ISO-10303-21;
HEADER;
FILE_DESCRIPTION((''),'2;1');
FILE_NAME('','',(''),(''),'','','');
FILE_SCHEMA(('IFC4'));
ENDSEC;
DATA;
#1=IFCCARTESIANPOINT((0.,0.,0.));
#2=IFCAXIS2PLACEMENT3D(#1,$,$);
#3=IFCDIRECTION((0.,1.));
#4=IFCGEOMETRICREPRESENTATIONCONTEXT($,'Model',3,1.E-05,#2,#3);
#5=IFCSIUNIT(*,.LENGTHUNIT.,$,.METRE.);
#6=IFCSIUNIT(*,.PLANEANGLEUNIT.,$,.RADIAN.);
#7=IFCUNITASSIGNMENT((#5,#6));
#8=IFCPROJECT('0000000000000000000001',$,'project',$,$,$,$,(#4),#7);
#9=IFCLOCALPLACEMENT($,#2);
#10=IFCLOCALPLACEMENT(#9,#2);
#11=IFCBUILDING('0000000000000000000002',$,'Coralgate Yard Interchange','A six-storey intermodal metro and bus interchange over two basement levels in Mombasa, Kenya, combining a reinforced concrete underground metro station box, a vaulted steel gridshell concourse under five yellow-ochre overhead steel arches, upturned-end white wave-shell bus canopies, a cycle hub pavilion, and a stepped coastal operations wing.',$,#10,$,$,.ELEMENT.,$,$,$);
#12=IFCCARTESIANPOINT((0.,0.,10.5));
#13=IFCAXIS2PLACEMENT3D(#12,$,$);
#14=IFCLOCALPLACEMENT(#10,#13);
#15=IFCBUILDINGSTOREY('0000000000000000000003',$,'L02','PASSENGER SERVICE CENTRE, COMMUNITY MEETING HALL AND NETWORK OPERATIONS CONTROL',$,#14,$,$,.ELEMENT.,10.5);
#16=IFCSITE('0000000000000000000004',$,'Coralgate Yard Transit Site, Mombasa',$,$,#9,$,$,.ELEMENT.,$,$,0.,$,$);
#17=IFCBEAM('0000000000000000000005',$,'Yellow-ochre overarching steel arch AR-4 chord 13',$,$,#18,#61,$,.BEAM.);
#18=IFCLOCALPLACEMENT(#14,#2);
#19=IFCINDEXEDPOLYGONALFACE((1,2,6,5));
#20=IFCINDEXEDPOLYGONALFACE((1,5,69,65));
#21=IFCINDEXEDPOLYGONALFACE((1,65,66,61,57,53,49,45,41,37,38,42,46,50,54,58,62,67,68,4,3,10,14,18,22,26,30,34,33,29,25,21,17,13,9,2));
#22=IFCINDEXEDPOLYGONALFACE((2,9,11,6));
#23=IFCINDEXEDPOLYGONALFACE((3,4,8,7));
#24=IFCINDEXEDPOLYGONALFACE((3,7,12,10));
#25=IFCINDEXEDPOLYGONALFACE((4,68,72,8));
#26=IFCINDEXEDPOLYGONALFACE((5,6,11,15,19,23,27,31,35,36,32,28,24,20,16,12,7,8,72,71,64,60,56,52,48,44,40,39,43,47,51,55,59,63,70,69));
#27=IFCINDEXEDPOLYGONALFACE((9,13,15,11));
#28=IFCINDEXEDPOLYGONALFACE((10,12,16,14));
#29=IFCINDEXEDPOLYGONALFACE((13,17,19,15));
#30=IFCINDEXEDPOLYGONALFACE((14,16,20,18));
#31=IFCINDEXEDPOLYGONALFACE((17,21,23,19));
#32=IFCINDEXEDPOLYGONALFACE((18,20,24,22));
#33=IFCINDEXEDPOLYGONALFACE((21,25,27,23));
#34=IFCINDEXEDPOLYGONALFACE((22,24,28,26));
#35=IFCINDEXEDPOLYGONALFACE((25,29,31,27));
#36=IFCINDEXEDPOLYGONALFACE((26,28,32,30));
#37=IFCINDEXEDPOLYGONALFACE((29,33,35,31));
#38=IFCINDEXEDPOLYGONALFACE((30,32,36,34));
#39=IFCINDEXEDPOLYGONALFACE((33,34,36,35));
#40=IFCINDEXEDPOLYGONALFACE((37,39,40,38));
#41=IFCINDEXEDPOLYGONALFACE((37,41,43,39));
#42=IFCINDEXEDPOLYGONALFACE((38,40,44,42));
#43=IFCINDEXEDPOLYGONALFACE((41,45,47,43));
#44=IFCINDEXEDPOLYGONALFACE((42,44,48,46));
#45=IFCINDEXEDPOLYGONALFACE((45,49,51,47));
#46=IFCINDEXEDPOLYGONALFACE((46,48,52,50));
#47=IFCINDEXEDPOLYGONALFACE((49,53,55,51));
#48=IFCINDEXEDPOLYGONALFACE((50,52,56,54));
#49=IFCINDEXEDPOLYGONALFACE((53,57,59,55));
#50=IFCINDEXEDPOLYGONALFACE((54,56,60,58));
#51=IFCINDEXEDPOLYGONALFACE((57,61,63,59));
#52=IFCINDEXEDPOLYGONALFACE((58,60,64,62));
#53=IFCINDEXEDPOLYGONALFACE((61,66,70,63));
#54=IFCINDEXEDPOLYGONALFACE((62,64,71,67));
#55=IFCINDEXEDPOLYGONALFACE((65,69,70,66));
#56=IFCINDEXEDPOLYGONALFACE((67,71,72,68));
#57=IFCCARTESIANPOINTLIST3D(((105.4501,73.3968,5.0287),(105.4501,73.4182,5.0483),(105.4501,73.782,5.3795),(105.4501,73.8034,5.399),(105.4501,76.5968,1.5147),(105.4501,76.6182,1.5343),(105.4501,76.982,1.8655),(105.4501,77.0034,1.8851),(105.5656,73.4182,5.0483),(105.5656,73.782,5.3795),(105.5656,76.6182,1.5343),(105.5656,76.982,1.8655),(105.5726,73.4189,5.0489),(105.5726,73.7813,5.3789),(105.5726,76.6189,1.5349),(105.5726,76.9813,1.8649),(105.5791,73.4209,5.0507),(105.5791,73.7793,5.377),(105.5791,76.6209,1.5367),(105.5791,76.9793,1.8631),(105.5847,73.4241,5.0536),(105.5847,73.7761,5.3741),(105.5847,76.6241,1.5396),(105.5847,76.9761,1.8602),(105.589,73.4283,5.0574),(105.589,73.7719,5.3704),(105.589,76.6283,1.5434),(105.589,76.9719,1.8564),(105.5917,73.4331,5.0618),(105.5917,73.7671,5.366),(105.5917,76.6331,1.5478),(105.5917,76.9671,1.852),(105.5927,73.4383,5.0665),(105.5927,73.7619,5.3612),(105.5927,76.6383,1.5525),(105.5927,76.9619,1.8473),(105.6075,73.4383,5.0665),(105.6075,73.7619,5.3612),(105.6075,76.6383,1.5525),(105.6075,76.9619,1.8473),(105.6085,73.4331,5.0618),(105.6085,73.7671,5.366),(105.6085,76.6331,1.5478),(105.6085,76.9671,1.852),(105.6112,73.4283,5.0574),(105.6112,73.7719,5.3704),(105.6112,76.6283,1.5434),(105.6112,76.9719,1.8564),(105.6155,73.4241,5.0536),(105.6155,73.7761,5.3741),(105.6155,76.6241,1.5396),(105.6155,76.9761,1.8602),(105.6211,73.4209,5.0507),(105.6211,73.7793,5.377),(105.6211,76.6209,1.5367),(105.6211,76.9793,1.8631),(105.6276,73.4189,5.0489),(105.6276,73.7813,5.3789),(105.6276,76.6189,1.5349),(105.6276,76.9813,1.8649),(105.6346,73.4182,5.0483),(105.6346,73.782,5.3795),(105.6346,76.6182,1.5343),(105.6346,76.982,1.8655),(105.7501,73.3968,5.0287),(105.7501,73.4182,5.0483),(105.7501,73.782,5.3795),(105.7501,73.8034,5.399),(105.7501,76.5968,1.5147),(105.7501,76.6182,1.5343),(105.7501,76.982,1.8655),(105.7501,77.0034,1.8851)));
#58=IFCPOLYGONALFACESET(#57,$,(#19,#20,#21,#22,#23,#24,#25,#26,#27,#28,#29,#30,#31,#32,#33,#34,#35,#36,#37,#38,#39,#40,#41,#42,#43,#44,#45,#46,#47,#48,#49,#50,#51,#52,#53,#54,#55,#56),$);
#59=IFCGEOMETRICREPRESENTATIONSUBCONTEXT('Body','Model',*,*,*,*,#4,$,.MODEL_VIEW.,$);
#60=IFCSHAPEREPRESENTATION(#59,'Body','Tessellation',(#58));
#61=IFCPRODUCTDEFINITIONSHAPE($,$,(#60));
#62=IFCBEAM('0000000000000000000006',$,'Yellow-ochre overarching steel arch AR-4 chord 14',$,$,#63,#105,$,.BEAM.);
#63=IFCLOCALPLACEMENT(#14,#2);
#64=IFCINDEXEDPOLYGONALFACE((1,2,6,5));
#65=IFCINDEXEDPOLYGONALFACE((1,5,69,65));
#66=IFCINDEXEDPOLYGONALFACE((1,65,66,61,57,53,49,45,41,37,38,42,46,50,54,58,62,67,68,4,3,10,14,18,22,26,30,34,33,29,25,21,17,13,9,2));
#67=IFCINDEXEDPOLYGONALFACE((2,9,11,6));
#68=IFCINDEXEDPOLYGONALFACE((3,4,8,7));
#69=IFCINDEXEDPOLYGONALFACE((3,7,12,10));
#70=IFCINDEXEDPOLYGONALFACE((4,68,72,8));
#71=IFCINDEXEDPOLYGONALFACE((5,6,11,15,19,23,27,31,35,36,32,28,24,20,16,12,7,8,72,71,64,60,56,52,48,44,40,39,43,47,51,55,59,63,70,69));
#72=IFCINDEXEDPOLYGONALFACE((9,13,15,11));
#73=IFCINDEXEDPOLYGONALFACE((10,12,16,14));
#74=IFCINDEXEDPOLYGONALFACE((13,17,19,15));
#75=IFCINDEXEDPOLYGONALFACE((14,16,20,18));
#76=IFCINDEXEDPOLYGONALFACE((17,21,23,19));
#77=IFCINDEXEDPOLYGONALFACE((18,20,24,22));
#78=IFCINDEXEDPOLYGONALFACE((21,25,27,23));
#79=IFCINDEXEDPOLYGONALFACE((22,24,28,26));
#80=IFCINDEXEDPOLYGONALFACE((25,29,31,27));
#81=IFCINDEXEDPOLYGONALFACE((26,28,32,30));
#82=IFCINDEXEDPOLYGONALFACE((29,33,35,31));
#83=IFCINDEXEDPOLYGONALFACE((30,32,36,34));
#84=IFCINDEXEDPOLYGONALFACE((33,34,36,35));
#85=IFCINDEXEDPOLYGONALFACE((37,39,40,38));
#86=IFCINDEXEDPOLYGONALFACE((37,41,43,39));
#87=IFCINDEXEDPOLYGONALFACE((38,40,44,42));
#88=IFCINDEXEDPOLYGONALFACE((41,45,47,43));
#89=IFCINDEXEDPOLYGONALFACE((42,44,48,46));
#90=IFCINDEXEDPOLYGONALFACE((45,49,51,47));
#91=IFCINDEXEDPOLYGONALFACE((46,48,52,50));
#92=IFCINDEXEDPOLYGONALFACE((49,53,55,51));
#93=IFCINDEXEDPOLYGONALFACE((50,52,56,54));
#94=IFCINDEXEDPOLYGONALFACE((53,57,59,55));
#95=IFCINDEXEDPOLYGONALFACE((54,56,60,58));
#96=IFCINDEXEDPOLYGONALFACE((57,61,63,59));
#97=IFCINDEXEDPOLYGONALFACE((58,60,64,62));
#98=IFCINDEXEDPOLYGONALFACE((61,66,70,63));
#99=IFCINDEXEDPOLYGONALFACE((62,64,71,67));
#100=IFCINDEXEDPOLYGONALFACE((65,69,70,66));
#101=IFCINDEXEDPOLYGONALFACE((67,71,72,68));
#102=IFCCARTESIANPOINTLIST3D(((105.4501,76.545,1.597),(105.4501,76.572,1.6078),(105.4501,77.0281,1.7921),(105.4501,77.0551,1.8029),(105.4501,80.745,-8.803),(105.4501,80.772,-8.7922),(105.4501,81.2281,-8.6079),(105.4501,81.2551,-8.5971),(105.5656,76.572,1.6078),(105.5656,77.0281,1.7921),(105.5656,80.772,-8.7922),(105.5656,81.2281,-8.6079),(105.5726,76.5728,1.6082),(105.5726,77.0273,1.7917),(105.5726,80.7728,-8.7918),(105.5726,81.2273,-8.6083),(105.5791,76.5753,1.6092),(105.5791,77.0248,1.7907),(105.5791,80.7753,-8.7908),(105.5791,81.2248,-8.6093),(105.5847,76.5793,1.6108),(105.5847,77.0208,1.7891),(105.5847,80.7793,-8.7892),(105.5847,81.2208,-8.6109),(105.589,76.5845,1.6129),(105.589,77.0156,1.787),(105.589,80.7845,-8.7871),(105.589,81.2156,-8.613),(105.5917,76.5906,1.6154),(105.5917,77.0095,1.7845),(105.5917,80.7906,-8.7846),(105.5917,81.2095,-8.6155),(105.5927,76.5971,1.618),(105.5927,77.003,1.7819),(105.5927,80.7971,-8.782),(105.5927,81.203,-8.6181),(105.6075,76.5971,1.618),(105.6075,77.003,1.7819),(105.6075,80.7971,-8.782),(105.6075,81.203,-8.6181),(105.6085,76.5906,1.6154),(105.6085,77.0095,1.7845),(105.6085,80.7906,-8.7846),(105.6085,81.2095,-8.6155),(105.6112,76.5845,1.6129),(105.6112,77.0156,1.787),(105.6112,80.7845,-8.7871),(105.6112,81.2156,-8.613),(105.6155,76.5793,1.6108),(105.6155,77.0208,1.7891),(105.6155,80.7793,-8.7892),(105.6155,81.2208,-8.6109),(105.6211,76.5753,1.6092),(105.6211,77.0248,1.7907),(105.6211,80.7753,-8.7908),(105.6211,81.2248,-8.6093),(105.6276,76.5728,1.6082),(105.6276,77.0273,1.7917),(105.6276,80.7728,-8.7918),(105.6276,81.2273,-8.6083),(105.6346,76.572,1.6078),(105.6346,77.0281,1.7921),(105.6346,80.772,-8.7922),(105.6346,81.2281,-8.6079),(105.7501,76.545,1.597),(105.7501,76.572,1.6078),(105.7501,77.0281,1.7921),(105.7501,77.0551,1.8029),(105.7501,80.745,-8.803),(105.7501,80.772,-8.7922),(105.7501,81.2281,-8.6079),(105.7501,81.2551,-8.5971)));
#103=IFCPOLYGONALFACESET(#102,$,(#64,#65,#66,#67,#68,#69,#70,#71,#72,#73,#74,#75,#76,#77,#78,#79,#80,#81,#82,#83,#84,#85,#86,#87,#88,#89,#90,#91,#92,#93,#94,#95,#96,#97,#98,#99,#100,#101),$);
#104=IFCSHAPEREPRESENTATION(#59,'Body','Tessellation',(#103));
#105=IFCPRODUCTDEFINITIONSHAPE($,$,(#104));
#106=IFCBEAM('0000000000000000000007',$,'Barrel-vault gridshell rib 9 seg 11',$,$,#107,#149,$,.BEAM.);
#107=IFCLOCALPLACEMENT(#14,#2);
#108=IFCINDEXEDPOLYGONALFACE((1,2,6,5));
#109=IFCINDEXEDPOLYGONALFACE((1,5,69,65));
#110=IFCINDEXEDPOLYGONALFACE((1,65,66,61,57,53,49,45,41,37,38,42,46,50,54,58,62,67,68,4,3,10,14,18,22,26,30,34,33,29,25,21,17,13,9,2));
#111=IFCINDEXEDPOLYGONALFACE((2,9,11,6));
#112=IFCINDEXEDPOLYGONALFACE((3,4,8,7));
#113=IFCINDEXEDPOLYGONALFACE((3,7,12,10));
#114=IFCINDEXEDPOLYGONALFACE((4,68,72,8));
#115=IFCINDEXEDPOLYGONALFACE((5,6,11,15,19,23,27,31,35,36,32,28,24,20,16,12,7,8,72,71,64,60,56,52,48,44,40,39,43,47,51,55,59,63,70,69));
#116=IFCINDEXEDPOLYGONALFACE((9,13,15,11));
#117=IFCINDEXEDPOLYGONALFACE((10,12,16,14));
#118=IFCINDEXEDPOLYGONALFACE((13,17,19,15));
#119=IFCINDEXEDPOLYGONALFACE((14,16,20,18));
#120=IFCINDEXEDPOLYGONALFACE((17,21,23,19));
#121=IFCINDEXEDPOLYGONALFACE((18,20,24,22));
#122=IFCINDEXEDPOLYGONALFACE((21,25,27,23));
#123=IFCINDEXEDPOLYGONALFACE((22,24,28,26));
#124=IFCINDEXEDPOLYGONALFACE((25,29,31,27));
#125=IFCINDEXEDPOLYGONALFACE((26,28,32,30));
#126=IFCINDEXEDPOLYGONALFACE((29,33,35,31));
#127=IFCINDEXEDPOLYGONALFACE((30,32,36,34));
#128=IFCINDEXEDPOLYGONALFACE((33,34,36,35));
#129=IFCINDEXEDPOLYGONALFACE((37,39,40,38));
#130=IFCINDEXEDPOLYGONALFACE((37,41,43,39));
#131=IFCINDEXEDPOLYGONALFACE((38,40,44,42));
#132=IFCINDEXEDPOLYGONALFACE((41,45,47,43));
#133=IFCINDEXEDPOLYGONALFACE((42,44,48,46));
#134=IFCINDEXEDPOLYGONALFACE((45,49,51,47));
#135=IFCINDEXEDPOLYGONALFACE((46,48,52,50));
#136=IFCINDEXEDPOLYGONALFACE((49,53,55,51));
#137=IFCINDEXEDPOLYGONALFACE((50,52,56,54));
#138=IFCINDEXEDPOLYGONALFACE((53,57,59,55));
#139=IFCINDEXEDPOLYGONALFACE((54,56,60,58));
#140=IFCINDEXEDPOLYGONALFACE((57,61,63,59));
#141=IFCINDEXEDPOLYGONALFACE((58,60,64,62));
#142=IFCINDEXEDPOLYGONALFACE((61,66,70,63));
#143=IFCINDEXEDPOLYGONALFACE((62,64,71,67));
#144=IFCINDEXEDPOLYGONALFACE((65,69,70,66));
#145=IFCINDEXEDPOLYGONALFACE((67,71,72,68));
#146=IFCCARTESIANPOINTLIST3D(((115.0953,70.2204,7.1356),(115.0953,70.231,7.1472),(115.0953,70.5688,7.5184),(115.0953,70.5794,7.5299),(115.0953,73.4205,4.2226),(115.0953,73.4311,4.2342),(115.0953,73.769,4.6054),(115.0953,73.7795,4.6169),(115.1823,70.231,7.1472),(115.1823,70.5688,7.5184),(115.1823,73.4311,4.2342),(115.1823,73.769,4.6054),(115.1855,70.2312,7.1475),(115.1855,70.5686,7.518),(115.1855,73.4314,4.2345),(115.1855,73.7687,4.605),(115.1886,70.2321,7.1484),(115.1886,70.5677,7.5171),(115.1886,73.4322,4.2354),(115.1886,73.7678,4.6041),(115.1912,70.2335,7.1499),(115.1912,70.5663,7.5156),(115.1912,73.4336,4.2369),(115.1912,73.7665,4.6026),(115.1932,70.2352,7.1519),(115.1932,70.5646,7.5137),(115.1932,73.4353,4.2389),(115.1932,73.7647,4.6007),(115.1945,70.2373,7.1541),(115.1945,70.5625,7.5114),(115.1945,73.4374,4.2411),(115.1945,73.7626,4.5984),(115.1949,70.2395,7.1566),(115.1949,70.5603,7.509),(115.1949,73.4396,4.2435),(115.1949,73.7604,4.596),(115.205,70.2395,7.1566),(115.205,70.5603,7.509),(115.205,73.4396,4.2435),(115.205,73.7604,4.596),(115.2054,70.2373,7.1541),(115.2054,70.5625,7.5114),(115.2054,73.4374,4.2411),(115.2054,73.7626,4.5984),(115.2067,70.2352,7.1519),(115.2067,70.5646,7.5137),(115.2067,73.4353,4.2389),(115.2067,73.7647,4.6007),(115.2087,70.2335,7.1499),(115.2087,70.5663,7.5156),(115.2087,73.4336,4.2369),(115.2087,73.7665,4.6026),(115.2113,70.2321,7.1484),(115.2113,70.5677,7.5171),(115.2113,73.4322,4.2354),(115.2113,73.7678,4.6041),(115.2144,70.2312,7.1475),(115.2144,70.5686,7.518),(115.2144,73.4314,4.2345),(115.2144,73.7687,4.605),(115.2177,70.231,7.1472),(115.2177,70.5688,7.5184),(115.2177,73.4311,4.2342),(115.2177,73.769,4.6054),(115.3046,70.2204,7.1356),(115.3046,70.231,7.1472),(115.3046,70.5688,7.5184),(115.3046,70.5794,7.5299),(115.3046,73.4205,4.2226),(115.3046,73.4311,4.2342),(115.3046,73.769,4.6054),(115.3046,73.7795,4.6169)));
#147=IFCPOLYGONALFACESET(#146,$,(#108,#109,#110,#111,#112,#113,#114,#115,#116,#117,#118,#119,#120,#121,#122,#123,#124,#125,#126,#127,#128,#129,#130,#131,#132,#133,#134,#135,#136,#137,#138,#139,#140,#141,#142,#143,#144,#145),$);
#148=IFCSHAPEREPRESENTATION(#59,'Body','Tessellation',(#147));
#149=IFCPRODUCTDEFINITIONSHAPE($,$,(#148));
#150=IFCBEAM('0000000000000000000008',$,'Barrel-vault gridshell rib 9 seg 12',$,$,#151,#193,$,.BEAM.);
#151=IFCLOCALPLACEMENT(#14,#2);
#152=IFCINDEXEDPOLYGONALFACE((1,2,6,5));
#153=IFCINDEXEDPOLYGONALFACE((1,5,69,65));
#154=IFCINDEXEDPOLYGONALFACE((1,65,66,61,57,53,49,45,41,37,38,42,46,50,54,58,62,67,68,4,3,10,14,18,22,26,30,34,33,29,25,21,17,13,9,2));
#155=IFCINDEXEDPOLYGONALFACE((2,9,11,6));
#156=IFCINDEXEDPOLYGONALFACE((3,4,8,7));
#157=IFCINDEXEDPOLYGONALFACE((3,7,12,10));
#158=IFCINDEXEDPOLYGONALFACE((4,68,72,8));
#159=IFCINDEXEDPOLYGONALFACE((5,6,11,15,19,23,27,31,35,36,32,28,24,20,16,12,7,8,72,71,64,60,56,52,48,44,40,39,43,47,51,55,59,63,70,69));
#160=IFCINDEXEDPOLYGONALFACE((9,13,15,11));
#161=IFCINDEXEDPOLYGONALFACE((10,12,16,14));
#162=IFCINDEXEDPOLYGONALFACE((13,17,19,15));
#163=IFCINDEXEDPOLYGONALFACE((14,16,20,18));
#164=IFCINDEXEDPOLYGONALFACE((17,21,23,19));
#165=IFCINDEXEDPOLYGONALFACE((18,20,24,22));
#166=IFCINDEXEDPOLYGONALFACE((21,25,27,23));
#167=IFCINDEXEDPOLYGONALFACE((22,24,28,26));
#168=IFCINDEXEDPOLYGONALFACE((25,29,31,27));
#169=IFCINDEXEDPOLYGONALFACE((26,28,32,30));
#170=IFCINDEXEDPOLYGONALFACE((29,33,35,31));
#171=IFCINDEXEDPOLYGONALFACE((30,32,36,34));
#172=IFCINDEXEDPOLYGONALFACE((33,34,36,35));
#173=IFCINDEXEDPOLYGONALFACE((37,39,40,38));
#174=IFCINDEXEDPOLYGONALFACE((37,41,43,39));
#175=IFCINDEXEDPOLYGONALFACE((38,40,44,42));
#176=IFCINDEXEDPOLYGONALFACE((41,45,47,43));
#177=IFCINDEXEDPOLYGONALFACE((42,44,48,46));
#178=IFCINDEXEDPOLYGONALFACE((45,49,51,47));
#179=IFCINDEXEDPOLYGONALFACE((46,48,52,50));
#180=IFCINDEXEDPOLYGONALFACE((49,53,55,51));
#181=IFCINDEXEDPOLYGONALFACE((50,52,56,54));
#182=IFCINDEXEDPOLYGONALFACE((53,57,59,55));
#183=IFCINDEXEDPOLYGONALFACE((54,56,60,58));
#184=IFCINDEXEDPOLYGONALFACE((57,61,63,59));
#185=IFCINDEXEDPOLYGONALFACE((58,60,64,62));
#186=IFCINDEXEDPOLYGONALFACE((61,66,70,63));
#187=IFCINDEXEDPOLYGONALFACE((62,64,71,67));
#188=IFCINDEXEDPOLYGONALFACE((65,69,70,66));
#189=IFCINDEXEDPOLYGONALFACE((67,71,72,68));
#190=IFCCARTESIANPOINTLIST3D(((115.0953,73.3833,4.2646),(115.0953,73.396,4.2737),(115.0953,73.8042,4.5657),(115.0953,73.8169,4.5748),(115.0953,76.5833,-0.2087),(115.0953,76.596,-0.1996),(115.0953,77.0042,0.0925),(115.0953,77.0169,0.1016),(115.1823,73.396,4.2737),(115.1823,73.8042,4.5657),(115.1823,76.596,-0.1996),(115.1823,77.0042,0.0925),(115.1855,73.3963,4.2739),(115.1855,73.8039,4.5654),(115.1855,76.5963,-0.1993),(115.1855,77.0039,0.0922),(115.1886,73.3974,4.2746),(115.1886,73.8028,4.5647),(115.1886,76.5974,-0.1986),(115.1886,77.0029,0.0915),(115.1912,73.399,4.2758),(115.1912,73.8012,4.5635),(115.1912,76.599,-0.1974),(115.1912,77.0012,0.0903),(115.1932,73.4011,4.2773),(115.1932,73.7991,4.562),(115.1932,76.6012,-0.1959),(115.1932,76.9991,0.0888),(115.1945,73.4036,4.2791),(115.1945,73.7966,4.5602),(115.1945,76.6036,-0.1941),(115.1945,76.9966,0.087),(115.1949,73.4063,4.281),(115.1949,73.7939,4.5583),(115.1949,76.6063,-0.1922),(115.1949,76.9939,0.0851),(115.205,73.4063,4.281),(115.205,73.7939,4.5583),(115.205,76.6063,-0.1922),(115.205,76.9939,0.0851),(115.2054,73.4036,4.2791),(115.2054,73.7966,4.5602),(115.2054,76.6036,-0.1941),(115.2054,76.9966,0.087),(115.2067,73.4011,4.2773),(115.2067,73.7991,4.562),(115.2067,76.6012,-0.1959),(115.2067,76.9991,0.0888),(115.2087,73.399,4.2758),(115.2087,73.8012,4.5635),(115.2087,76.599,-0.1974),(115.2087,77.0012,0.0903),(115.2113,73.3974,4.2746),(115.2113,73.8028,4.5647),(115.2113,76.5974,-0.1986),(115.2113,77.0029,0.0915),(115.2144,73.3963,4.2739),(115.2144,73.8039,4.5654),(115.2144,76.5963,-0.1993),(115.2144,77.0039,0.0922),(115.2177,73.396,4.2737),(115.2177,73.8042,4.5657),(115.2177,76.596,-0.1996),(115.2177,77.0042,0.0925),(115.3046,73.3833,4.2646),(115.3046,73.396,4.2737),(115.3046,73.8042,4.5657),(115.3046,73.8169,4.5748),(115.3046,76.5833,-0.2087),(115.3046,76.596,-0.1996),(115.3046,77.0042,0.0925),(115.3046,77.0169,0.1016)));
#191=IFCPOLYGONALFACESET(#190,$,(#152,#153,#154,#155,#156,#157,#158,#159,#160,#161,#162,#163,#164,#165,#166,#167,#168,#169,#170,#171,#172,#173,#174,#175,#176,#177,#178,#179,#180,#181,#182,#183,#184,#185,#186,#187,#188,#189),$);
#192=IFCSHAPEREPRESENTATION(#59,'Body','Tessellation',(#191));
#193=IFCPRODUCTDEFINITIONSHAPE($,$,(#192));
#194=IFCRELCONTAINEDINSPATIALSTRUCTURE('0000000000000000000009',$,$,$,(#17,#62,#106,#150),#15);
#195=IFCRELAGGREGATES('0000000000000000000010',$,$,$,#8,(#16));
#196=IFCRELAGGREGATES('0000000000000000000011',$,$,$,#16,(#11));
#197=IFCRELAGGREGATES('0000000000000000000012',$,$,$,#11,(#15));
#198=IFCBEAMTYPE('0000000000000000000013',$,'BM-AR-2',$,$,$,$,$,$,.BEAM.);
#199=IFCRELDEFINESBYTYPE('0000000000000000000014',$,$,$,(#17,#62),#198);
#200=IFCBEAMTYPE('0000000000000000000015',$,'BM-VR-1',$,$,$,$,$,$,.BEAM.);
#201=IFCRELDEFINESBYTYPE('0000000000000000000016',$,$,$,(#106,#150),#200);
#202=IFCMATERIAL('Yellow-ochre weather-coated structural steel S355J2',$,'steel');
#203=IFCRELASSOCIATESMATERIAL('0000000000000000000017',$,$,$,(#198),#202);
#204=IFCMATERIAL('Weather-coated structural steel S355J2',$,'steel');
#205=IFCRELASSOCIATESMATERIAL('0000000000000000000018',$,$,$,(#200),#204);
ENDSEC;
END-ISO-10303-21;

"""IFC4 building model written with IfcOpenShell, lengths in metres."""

from ifc_helpers import new_model, si_unit, direction, frame, origin, origin_2d, place, context, subcontext, project, spatial, i_section, extrude, material, material_profile, profile_set, type_object, element, save


model = new_model("IFC4")

# Units and contexts
model_context = context("Model", 3, precision=1e-05, world=origin(), true_north=direction((0.0, 1.0)))
body_context = subcontext(model_context, "Body", "Model", "MODEL_VIEW")
ifc_project = project(units=[si_unit("LENGTHUNIT", "METRE"), si_unit("PLANEANGLEUNIT", "RADIAN")], contexts=[model_context])

# Site, building, storey
site_placement = place(None, origin())
site = spatial("IfcSite", under=ifc_project, at=site_placement, Name="Coralgate Yard Transit Site, Mombasa", CompositionType="ELEMENT", RefElevation=0.0)
building_placement = place(site_placement, origin())
building = spatial("IfcBuilding", under=site, at=building_placement, Name="Coralgate Yard Interchange", Description="A six-storey intermodal metro and bus interchange over two basement levels in Mombasa, Kenya, combining a reinforced concrete underground metro station box, a vaulted steel gridshell concourse under five yellow-ochre overhead steel arches, upturned-end white wave-shell bus canopies, a cycle hub pavilion, and a stepped coastal operations wing.", CompositionType="ELEMENT")
storey_placement = place(building_placement, frame((0.0, 0.0, 10.5)))
storey = spatial("IfcBuildingStorey", under=building, at=storey_placement, Name="L02", Description="PASSENGER SERVICE CENTRE, COMMUNITY MEETING HALL AND NETWORK OPERATIONS CONTROL", CompositionType="ELEMENT", Elevation=10.5)

# Beams
ifc_material_1 = material(Name="Yellow-ochre weather-coated structural steel S355J2", Category="steel")
ifc_material_profile_1 = material_profile(ifc_material_1, i_section(OverallWidth=0.3, OverallDepth=0.55, WebThickness=0.0149, FlangeThickness=0.0291, FilletRadius=0.0271, at=origin_2d()), Name="HEB 550")
ifc_profile_set_1 = profile_set([ifc_material_profile_1], Name="Yellow-ochre weather-coated structural steel S355J2")
beam_type_1 = type_object("IfcBeamType", Name="BM-AR-2", PredefinedType="BEAM", material=ifc_profile_set_1)
beam_1_placement = place(storey_placement, frame((105.6001, 73.6001, 5.2139), z_axis=(0.0, 0.673304, -0.739366), x_axis=(-1.0, 0.0, 0.0)))
element("IfcBeam", 1, at=beam_1_placement, inside=storey, type_object=beam_type_1, Name="Yellow-ochre overarching steel arch AR-4 chord 13", PredefinedType="BEAM", context=body_context, shape_type="SweptSolid", body=[
    extrude(i_section(OverallWidth=0.3, OverallDepth=0.55, WebThickness=0.0149, FlangeThickness=0.0291, FilletRadius=0.0271, at=origin_2d()), origin(), (0.0, 0.0, 1.0), 4.7527),
])
beam_2_placement = place(storey_placement, frame((105.6001, 76.8, 1.7), z_axis=(0.0, 0.374462, -0.927242), x_axis=(-1.0, 0.0, 0.0)))
element("IfcBeam", 2, at=beam_2_placement, inside=storey, type_object=beam_type_1, Name="Yellow-ochre overarching steel arch AR-4 chord 14", PredefinedType="BEAM", context=body_context, shape_type="SweptSolid", body=[
    extrude(i_section(OverallWidth=0.3, OverallDepth=0.55, WebThickness=0.0149, FlangeThickness=0.0291, FilletRadius=0.0271, at=origin_2d()), origin(), (0.0, 0.0, 1.0), 11.2161),
])
ifc_material_2 = material(Name="Weather-coated structural steel S355J2", Category="steel")
ifc_material_profile_2 = material_profile(ifc_material_2, i_section(OverallWidth=0.2092, OverallDepth=0.5332, WebThickness=0.01, FlangeThickness=0.0156, FilletRadius=0.0127, at=origin_2d()), Name="UB 533x210x92")
ifc_profile_set_2 = profile_set([ifc_material_profile_2], Name="Weather-coated structural steel S355J2")
beam_type_2 = type_object("IfcBeamType", Name="BM-VR-1", PredefinedType="BEAM", material=ifc_profile_set_2)
beam_3_placement = place(storey_placement, frame((115.2, 70.3999, 7.3328), z_axis=(0.0, 0.739501, -0.673156), x_axis=(-1.0, 0.0, 0.0)))
element("IfcBeam", 3, at=beam_3_placement, inside=storey, type_object=beam_type_2, Name="Barrel-vault gridshell rib 9 seg 11", PredefinedType="BEAM", context=body_context, shape_type="SweptSolid", body=[
    extrude(i_section(OverallWidth=0.2092, OverallDepth=0.5332, WebThickness=0.01, FlangeThickness=0.0156, FilletRadius=0.0127, at=origin_2d()), origin(), (0.0, 0.0, 1.0), 4.3274),
])
beam_4_placement = place(storey_placement, frame((115.2, 73.6001, 4.4197), z_axis=(0.0, 0.581822, -0.813316), x_axis=(-1.0, 0.0, 0.0)))
element("IfcBeam", 4, at=beam_4_placement, inside=storey, type_object=beam_type_2, Name="Barrel-vault gridshell rib 9 seg 12", PredefinedType="BEAM", context=body_context, shape_type="SweptSolid", body=[
    extrude(i_section(OverallWidth=0.2092, OverallDepth=0.5332, WebThickness=0.01, FlangeThickness=0.0156, FilletRadius=0.0127, at=origin_2d()), origin(), (0.0, 0.0, 1.0), 5.5),
])

save(model, "model.ifc")
